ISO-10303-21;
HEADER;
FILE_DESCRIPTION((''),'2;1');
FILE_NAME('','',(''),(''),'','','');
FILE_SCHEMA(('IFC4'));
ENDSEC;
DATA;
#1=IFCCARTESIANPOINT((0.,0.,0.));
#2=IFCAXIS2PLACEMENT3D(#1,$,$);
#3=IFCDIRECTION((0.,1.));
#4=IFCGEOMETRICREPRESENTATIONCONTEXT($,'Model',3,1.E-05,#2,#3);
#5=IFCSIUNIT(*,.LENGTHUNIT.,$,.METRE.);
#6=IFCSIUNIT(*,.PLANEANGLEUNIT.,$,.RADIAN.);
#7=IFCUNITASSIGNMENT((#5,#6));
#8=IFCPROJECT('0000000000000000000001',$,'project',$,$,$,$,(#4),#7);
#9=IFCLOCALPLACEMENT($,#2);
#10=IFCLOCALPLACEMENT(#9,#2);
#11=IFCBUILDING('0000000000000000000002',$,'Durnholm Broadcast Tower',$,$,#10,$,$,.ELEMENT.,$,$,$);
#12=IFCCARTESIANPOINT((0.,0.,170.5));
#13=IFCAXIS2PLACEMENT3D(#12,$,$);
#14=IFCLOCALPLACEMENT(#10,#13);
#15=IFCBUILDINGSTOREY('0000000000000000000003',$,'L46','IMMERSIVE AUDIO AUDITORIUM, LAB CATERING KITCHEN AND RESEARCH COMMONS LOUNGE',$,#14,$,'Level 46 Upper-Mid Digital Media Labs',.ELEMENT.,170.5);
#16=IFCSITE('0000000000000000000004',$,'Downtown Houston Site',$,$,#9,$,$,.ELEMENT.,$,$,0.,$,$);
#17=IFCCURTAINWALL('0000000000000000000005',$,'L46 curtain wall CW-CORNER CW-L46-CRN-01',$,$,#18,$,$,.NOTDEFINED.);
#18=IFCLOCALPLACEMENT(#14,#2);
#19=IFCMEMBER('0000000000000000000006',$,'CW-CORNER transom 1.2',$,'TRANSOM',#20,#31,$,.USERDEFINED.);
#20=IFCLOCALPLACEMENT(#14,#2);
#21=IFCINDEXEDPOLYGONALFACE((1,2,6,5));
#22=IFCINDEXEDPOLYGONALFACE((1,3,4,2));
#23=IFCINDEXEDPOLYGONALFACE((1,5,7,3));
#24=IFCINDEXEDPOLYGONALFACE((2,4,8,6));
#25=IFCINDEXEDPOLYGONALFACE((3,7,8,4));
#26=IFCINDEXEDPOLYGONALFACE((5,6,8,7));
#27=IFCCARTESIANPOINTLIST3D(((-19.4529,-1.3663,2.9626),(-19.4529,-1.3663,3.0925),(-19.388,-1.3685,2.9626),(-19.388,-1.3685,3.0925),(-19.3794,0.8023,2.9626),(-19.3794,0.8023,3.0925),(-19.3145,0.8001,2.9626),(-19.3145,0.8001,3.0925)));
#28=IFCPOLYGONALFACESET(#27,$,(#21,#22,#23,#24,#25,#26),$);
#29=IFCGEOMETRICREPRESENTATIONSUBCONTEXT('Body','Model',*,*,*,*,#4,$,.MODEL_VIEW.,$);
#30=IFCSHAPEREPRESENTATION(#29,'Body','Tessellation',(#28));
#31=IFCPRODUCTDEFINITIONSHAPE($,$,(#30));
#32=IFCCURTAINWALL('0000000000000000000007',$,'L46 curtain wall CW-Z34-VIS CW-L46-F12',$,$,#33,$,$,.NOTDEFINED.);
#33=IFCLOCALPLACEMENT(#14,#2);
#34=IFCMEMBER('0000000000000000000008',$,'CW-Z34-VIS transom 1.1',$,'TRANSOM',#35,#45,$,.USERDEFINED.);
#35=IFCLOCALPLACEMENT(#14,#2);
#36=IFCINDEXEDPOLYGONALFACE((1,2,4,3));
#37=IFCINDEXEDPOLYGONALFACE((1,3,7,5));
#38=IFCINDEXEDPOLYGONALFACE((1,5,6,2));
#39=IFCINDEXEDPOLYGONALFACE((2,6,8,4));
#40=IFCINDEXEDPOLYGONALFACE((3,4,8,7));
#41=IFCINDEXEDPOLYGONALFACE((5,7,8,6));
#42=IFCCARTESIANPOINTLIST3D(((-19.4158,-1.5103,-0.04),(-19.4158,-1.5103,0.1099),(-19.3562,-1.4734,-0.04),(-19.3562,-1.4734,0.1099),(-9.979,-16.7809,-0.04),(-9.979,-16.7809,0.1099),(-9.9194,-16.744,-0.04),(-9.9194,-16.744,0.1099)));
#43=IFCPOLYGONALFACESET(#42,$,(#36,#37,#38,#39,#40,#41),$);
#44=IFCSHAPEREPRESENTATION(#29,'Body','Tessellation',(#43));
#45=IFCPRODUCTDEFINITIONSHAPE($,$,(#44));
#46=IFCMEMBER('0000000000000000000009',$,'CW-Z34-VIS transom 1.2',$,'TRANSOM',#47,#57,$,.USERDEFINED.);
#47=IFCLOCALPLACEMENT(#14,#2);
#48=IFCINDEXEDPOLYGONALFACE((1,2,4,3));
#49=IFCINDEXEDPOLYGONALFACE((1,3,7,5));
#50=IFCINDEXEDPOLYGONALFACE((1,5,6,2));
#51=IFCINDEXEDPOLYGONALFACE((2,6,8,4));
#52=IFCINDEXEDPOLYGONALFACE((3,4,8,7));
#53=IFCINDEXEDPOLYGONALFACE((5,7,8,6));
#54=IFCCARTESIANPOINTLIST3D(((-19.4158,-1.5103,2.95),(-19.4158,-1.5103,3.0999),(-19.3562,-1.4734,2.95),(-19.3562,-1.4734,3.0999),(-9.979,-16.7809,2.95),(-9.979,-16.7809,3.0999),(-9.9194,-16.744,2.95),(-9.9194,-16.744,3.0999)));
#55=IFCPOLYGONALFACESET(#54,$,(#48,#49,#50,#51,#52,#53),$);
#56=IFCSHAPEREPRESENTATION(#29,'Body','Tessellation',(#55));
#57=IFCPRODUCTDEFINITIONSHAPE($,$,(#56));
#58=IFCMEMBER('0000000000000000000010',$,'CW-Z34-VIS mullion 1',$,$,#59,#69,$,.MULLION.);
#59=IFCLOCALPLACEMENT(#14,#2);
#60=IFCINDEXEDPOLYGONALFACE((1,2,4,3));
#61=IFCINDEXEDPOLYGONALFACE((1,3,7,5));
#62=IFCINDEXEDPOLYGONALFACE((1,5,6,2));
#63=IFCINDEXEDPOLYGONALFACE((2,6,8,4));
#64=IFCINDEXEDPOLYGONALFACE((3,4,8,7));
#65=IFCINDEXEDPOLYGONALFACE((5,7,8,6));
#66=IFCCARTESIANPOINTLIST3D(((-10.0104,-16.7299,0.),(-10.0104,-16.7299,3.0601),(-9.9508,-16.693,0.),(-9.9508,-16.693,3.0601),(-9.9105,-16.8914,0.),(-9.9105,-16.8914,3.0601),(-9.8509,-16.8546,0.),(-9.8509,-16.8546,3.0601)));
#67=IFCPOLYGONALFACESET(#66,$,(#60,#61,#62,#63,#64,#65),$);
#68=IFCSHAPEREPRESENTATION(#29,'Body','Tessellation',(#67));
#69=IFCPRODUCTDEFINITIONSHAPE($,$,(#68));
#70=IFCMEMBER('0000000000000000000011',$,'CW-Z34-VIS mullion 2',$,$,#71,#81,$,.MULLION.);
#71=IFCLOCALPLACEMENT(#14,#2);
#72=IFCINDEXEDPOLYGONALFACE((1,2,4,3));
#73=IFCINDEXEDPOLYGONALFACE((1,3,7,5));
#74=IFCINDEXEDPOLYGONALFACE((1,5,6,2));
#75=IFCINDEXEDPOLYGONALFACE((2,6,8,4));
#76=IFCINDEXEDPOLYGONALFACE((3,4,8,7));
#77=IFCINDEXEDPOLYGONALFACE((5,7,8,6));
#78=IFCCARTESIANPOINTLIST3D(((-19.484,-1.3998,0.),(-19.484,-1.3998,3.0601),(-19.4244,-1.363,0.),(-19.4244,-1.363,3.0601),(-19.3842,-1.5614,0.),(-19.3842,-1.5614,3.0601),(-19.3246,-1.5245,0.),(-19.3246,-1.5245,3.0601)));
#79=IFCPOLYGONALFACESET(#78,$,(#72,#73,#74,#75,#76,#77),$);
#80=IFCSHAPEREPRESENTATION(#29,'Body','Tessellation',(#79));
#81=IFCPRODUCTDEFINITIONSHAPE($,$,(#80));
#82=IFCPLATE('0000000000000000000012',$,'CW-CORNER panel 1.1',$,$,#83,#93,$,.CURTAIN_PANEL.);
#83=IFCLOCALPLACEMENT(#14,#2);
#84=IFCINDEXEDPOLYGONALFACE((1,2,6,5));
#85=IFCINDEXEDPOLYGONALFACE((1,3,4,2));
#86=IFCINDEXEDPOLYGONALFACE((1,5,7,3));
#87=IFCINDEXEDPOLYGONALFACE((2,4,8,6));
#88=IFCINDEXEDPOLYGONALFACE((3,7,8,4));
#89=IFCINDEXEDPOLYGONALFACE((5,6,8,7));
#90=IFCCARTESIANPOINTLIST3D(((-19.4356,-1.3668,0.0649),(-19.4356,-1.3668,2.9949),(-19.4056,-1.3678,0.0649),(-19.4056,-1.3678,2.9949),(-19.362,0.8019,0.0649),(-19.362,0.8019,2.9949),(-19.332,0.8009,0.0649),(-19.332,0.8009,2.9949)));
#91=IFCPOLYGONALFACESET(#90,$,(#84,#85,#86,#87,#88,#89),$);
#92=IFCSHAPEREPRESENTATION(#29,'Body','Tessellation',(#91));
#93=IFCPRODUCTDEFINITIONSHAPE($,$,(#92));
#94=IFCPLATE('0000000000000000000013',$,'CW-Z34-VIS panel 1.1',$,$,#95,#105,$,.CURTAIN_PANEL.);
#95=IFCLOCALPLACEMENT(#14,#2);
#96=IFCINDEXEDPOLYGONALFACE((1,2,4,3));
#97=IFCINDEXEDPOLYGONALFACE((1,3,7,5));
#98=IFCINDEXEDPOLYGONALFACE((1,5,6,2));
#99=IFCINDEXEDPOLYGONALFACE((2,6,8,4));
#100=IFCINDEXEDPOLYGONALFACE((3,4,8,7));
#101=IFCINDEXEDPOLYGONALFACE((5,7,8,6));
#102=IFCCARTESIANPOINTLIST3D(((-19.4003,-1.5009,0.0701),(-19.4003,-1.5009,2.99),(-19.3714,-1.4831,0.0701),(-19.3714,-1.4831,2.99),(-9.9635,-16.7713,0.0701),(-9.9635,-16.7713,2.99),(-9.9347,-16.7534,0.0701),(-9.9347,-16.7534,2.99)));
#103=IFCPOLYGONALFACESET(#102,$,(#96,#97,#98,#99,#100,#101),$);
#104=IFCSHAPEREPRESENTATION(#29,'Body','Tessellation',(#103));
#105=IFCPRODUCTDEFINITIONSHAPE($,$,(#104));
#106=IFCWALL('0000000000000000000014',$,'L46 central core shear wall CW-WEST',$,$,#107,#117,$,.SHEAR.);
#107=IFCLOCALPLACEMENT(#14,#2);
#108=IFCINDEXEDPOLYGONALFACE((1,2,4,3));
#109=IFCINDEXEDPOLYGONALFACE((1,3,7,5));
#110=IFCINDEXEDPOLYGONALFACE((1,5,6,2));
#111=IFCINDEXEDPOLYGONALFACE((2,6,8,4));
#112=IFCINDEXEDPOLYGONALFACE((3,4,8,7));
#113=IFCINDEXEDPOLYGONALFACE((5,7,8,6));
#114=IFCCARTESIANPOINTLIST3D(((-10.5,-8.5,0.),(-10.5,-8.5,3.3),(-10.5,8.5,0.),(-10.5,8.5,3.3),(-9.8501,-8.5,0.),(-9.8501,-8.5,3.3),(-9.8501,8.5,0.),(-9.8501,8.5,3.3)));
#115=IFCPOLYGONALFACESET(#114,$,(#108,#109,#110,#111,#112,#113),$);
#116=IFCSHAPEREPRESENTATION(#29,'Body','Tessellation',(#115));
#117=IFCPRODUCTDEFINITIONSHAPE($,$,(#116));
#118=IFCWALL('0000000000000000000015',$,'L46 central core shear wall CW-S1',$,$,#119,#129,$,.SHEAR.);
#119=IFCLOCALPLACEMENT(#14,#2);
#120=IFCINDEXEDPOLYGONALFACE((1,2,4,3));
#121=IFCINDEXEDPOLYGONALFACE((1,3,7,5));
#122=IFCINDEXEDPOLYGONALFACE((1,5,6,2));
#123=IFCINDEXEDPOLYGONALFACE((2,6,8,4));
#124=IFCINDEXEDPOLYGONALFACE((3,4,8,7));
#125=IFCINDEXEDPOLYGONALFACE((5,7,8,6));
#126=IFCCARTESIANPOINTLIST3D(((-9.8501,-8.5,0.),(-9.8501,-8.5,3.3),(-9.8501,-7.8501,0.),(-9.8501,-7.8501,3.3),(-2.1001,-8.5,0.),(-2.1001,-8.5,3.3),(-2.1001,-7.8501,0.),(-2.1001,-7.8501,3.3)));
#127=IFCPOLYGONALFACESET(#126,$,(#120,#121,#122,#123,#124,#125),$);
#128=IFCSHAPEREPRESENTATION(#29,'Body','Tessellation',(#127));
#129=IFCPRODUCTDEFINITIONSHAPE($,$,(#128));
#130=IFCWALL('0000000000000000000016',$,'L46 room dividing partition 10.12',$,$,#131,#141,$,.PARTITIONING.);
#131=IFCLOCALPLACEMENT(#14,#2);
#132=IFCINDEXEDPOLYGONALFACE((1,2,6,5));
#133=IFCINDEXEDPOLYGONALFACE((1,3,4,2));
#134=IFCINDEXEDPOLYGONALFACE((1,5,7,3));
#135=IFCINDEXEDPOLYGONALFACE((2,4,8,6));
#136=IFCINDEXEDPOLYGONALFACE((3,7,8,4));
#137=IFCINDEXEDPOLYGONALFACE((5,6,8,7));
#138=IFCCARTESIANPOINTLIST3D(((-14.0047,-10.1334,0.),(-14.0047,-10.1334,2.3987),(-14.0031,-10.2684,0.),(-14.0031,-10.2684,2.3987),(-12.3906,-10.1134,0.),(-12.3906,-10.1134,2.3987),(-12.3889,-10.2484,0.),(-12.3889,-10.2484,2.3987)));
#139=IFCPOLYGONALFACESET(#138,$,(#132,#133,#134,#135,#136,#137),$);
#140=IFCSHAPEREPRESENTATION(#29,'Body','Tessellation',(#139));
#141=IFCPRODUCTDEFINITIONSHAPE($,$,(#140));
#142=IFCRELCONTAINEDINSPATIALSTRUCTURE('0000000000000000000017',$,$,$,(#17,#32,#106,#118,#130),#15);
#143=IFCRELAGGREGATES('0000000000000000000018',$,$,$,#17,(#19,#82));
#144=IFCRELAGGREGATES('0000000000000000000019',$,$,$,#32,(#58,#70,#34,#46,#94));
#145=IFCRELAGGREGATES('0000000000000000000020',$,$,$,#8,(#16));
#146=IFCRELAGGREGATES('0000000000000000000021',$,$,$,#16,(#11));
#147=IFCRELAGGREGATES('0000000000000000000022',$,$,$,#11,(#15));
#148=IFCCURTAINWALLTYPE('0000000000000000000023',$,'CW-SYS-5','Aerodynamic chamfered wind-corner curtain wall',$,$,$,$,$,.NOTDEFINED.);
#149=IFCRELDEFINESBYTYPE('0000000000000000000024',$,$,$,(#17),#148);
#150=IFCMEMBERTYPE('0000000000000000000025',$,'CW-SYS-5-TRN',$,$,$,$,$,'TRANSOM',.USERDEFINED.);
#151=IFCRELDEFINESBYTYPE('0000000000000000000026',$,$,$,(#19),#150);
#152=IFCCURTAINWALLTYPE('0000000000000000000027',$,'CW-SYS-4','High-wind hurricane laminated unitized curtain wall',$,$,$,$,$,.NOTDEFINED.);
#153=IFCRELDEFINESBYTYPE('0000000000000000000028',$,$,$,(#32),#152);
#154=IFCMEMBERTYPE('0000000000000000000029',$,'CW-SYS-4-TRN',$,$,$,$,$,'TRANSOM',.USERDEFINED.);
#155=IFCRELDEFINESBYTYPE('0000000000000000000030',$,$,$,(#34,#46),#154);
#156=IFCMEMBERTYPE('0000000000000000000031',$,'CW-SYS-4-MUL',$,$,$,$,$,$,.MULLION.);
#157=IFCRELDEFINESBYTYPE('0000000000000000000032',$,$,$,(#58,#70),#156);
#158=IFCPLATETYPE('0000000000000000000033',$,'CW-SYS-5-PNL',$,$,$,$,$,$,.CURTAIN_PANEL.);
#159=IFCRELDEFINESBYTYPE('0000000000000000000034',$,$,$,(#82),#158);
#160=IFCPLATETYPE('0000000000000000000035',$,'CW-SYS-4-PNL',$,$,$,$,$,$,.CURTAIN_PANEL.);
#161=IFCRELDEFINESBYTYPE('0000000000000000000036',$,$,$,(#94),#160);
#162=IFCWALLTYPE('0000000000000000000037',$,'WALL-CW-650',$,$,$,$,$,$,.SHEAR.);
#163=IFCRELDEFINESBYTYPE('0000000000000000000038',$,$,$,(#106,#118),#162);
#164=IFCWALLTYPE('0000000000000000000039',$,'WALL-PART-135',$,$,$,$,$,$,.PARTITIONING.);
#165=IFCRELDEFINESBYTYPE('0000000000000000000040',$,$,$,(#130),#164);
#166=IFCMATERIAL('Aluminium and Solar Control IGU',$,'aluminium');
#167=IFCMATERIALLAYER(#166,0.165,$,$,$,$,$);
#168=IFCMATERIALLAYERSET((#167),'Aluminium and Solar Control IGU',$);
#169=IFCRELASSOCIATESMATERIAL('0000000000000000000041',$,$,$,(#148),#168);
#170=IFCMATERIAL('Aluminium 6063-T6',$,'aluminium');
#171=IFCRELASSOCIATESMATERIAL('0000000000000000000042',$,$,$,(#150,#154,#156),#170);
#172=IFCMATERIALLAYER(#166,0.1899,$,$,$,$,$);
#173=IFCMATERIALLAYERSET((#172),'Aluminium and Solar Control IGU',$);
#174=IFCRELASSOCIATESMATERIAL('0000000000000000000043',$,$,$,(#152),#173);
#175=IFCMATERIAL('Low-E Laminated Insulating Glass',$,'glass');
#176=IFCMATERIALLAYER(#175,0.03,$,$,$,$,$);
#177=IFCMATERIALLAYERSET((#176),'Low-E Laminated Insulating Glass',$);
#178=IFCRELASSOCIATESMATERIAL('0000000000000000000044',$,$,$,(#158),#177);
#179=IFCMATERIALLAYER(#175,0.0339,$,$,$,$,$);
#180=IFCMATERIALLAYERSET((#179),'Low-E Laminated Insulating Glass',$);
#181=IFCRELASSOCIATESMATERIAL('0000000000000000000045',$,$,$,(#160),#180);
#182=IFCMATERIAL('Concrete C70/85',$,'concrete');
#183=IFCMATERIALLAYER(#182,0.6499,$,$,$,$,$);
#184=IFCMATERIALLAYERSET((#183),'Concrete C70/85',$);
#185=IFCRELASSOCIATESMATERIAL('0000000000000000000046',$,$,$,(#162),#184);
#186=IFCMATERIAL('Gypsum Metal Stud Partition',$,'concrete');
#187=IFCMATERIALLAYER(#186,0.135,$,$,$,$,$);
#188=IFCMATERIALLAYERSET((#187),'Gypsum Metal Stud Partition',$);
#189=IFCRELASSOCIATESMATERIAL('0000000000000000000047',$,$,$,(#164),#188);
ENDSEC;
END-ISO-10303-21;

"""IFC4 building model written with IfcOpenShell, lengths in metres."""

from ifc_helpers import new_model, si_unit, direction, frame, frame_2d, origin, origin_2d, place, context, subcontext, project, spatial, rectangle, extrude, source, transform, mapped, material, layer, layer_set, material_profile, profile_set, type_object, type_shapes, element, aggregate, save


model = new_model("IFC4")

# Units and contexts
model_context = context("Model", 3, precision=1e-05, world=origin(), true_north=direction((0.0, 1.0)))
body_context = subcontext(model_context, "Body", "Model", "MODEL_VIEW")
ifc_project = project(units=[si_unit("LENGTHUNIT", "METRE"), si_unit("PLANEANGLEUNIT", "RADIAN")], contexts=[model_context])

# Site, building, storey
site_placement = place(None, origin())
site = spatial("IfcSite", under=ifc_project, at=site_placement, Name="Downtown Houston Site", CompositionType="ELEMENT", RefElevation=0.0)
building_placement = place(site_placement, origin())
building = spatial("IfcBuilding", under=site, at=building_placement, Name="Durnholm Broadcast Tower", CompositionType="ELEMENT")
storey_placement = place(building_placement, frame((0.0, 0.0, 170.5)))
storey = spatial("IfcBuildingStorey", under=building, at=storey_placement, Name="L46", Description="IMMERSIVE AUDIO AUDITORIUM, LAB CATERING KITCHEN AND RESEARCH COMMONS LOUNGE", LongName="Level 46 Upper-Mid Digital Media Labs", CompositionType="ELEMENT", Elevation=170.5)

# Shared definitions
ifc_material_1 = material(Name="Concrete C70/85", Category="concrete")

# Curtain wall
ifc_material_2 = material(Name="Aluminium and Solar Control IGU", Category="aluminium")
ifc_layer_1 = layer(ifc_material_2, 0.165)
ifc_layer_set_1 = layer_set([ifc_layer_1], Name="Aluminium and Solar Control IGU")
curtain_wall_type_1 = type_object("IfcCurtainWallType", Name="CW-SYS-5", Description="Aerodynamic chamfered wind-corner curtain wall", PredefinedType="NOTDEFINED", material=ifc_layer_set_1)
curtain_wall_1_placement = place(storey_placement, origin())
curtain_wall_1 = element("IfcCurtainWall", 1, at=curtain_wall_1_placement, inside=storey, type_object=curtain_wall_type_1, Name="L46 curtain wall CW-CORNER CW-L46-CRN-01", PredefinedType="NOTDEFINED")
ifc_material_3 = material(Name="Aluminium 6063-T6", Category="aluminium")

# Member
ifc_material_profile_1 = material_profile(ifc_material_3, rectangle(XDim=0.0649, YDim=0.1299, at=origin_2d()), Name="CWT65X130")
ifc_profile_set_1 = profile_set([ifc_material_profile_1], Name="Aluminium 6063-T6")
member_type_1 = type_object("IfcMemberType", Name="CW-SYS-5-TRN", ElementType="TRANSOM", PredefinedType="USERDEFINED", material=ifc_profile_set_1)
shared_shape_1 = source(origin(), body_context, "Body", "SweptSolid", [
    extrude(rectangle(XDim=0.0649, YDim=0.1299, at=origin_2d()), origin(), (0.0, 0.0, 1.0), 2.1699),
])
type_shapes(member_type_1, [shared_shape_1])
member_1_placement = place(storey_placement, frame((-19.4204, -1.3674, 3.0276), z_axis=(0.033866, 0.999426, 0.0), x_axis=(-0.999426, 0.033866, 0.0)))
member_1 = element("IfcMember", 2, at=member_1_placement, type_object=member_type_1, Name="CW-CORNER transom 1.2", ObjectType="TRANSOM", PredefinedType="USERDEFINED", context=body_context, shape_type="MappedRepresentation", body=[
    mapped(shared_shape_1, transform((0.0, 0.0, 0.0), x_axis=(1.0, 0.0, 0.0), y_axis=(0.0, 1.0, 0.0), z_axis=(0.0, 0.0, 1.0), scale=1.0)),
])

# Curtain wall, members
ifc_layer_2 = layer(ifc_material_2, 0.1899)
ifc_layer_set_2 = layer_set([ifc_layer_2], Name="Aluminium and Solar Control IGU")
curtain_wall_type_2 = type_object("IfcCurtainWallType", Name="CW-SYS-4", Description="High-wind hurricane laminated unitized curtain wall", PredefinedType="NOTDEFINED", material=ifc_layer_set_2)
curtain_wall_2_placement = place(storey_placement, origin())
curtain_wall_2 = element("IfcCurtainWall", 3, at=curtain_wall_2_placement, inside=storey, type_object=curtain_wall_type_2, Name="L46 curtain wall CW-Z34-VIS CW-L46-F12", PredefinedType="NOTDEFINED")
ifc_material_profile_2 = material_profile(ifc_material_3, rectangle(XDim=0.0701, YDim=0.1499, at=origin_2d()), Name="CWT70X150")
ifc_profile_set_2 = profile_set([ifc_material_profile_2], Name="Aluminium 6063-T6")
member_type_2 = type_object("IfcMemberType", Name="CW-SYS-4-TRN", ElementType="TRANSOM", PredefinedType="USERDEFINED", material=ifc_profile_set_2)
shared_shape_2 = source(origin(), body_context, "Body", "SweptSolid", [
    extrude(rectangle(XDim=0.0701, YDim=0.1499, at=origin_2d()), origin(), (0.0, 0.0, 1.0), 17.9512),
])
type_shapes(member_type_2, [shared_shape_2])
member_2_placement = place(storey_placement, frame((-9.9492, -16.7625, 0.0349), z_axis=(-0.525694, 0.850674, 0.0), x_axis=(-0.850674, -0.525694, 0.0)))
member_2 = element("IfcMember", 4, at=member_2_placement, type_object=member_type_2, Name="CW-Z34-VIS transom 1.1", ObjectType="TRANSOM", PredefinedType="USERDEFINED", context=body_context, shape_type="MappedRepresentation", body=[
    mapped(shared_shape_2, transform((0.0, 0.0, 0.0), x_axis=(1.0, 0.0, 0.0), y_axis=(0.0, 1.0, 0.0), z_axis=(0.0, 0.0, 1.0), scale=1.0)),
])
member_3_placement = place(storey_placement, frame((-9.9492, -16.7625, 3.0249), z_axis=(-0.525694, 0.850674, 0.0), x_axis=(-0.850674, -0.525694, 0.0)))
member_3 = element("IfcMember", 5, at=member_3_placement, type_object=member_type_2, Name="CW-Z34-VIS transom 1.2", ObjectType="TRANSOM", PredefinedType="USERDEFINED", context=body_context, shape_type="MappedRepresentation", body=[
    mapped(shared_shape_2, transform((0.0, 0.0, 0.0), x_axis=(1.0, 0.0, 0.0), y_axis=(0.0, 1.0, 0.0), z_axis=(0.0, 0.0, 1.0), scale=1.0)),
])
ifc_material_profile_3 = material_profile(ifc_material_3, rectangle(XDim=0.0701, YDim=0.1899, at=origin_2d()), Name="CWM70X190")
ifc_profile_set_3 = profile_set([ifc_material_profile_3], Name="Aluminium 6063-T6")
member_type_3 = type_object("IfcMemberType", Name="CW-SYS-4-MUL", PredefinedType="MULLION", material=ifc_profile_set_3)
shared_shape_3 = source(origin(), body_context, "Body", "SweptSolid", [
    extrude(rectangle(XDim=0.0701, YDim=0.1899, at=origin_2d()), origin(), (0.0, 0.0, 1.0), 3.0601),
])
type_shapes(member_type_3, [shared_shape_3])
member_4_placement = place(storey_placement, frame((-9.9307, -16.7922, 0.0), z_axis=(0.0, 0.0, 1.0), x_axis=(-0.850671, -0.525698, 0.0)))
member_4 = element("IfcMember", 6, at=member_4_placement, type_object=member_type_3, Name="CW-Z34-VIS mullion 1", PredefinedType="MULLION", context=body_context, shape_type="MappedRepresentation", body=[
    mapped(shared_shape_3, transform((0.0, 0.0, 0.0), x_axis=(1.0, 0.0, 0.0), y_axis=(0.0, 1.0, 0.0), z_axis=(0.0, 0.0, 1.0), scale=1.0)),
])
member_5_placement = place(storey_placement, frame((-19.4043, -1.4622, 0.0), z_axis=(0.0, 0.0, 1.0), x_axis=(-0.850671, -0.525698, 0.0)))
member_5 = element("IfcMember", 7, at=member_5_placement, type_object=member_type_3, Name="CW-Z34-VIS mullion 2", PredefinedType="MULLION", context=body_context, shape_type="MappedRepresentation", body=[
    mapped(shared_shape_3, transform((0.0, 0.0, 0.0), x_axis=(1.0, 0.0, 0.0), y_axis=(0.0, 1.0, 0.0), z_axis=(0.0, 0.0, 1.0), scale=1.0)),
])

# Plates
ifc_material_4 = material(Name="Low-E Laminated Insulating Glass", Category="glass")
ifc_layer_3 = layer(ifc_material_4, 0.03)
ifc_layer_set_3 = layer_set([ifc_layer_3], Name="Low-E Laminated Insulating Glass")
plate_type_1 = type_object("IfcPlateType", Name="CW-SYS-5-PNL", PredefinedType="CURTAIN_PANEL", material=ifc_layer_set_3)
shared_shape_4 = source(origin(), body_context, "Body", "SweptSolid", [
    extrude(rectangle(XDim=2.1699, YDim=0.03, at=origin_2d()), origin(), (0.0, 0.0, 1.0), 2.9299),
])
type_shapes(plate_type_1, [shared_shape_4])
plate_1_placement = place(storey_placement, frame((-19.3838, -0.283, 0.0649), z_axis=(0.0, 0.0, 1.0), x_axis=(0.033913, 0.999425, 0.0)))
plate_1 = element("IfcPlate", 8, at=plate_1_placement, type_object=plate_type_1, Name="CW-CORNER panel 1.1", PredefinedType="CURTAIN_PANEL", context=body_context, shape_type="MappedRepresentation", body=[
    mapped(shared_shape_4, transform((0.0, 0.0, 0.0), x_axis=(1.0, 0.0, 0.0), y_axis=(0.0, 1.0, 0.0), z_axis=(0.0, 0.0, 1.0), scale=1.0)),
])
aggregate(curtain_wall_1, [member_1, plate_1])
ifc_layer_4 = layer(ifc_material_4, 0.0339)
ifc_layer_set_4 = layer_set([ifc_layer_4], Name="Low-E Laminated Insulating Glass")
plate_type_2 = type_object("IfcPlateType", Name="CW-SYS-4-PNL", PredefinedType="CURTAIN_PANEL", material=ifc_layer_set_4)
shared_shape_5 = source(origin(), body_context, "Body", "SweptSolid", [
    extrude(rectangle(XDim=17.9509, YDim=0.0339, at=origin_2d()), origin(), (0.0, 0.0, 1.0), 2.9199),
])
type_shapes(plate_type_2, [shared_shape_5])
plate_2_placement = place(storey_placement, frame((-14.6675, -9.1272, 0.0701), z_axis=(0.0, 0.0, 1.0), x_axis=(-0.525698, 0.850671, 0.0)))
plate_2 = element("IfcPlate", 9, at=plate_2_placement, type_object=plate_type_2, Name="CW-Z34-VIS panel 1.1", PredefinedType="CURTAIN_PANEL", context=body_context, shape_type="MappedRepresentation", body=[
    mapped(shared_shape_5, transform((0.0, 0.0, 0.0), x_axis=(1.0, 0.0, 0.0), y_axis=(0.0, 1.0, 0.0), z_axis=(0.0, 0.0, 1.0), scale=1.0)),
])
aggregate(curtain_wall_2, [member_4, member_5, member_2, member_3, plate_2])

# Walls
ifc_layer_5 = layer(ifc_material_1, 0.6499)
ifc_layer_set_5 = layer_set([ifc_layer_5], Name="Concrete C70/85")
wall_type_1 = type_object("IfcWallType", Name="WALL-CW-650", PredefinedType="SHEAR", material=ifc_layer_set_5)
wall_1_placement = place(storey_placement, frame((-10.175, -8.5, 0.0), z_axis=(0.0, 0.0, 1.0), x_axis=(0.0, 1.0, 0.0)))
element("IfcWall", 10, at=wall_1_placement, inside=storey, type_object=wall_type_1, Name="L46 central core shear wall CW-WEST", PredefinedType="SHEAR", context=body_context, shape_type="SweptSolid", body=[
    extrude(rectangle(XDim=17.0, YDim=0.6499, at=frame_2d((8.5, 0.0))), origin(), (0.0, 0.0, 1.0), 3.3),
])
wall_2_placement = place(storey_placement, frame((-9.8501, -8.175, 0.0), z_axis=(0.0, 0.0, 1.0), x_axis=(1.0, 0.0, 0.0)))
element("IfcWall", 11, at=wall_2_placement, inside=storey, type_object=wall_type_1, Name="L46 central core shear wall CW-S1", PredefinedType="SHEAR", context=body_context, shape_type="SweptSolid", body=[
    extrude(rectangle(XDim=7.75, YDim=0.6499, at=frame_2d((3.875, 0.0))), origin(), (0.0, 0.0, 1.0), 3.3),
])
ifc_material_5 = material(Name="Gypsum Metal Stud Partition", Category="concrete")
ifc_layer_6 = layer(ifc_material_5, 0.135)
ifc_layer_set_6 = layer_set([ifc_layer_6], Name="Gypsum Metal Stud Partition")
wall_type_2 = type_object("IfcWallType", Name="WALL-PART-135", PredefinedType="PARTITIONING", material=ifc_layer_set_6)
wall_3_placement = place(storey_placement, frame((-14.0039, -10.2009, 0.0), z_axis=(0.0, 0.0, 1.0), x_axis=(0.999923, 0.012403, 0.0)))
element("IfcWall", 12, at=wall_3_placement, inside=storey, type_object=wall_type_2, Name="L46 room dividing partition 10.12", PredefinedType="PARTITIONING", context=body_context, shape_type="SweptSolid", body=[
    extrude(rectangle(XDim=1.6143, YDim=0.135, at=frame_2d((0.8071, 0.0))), origin(), (0.0, 0.0, 1.0), 2.3987),
])

save(model, "model.ifc")
